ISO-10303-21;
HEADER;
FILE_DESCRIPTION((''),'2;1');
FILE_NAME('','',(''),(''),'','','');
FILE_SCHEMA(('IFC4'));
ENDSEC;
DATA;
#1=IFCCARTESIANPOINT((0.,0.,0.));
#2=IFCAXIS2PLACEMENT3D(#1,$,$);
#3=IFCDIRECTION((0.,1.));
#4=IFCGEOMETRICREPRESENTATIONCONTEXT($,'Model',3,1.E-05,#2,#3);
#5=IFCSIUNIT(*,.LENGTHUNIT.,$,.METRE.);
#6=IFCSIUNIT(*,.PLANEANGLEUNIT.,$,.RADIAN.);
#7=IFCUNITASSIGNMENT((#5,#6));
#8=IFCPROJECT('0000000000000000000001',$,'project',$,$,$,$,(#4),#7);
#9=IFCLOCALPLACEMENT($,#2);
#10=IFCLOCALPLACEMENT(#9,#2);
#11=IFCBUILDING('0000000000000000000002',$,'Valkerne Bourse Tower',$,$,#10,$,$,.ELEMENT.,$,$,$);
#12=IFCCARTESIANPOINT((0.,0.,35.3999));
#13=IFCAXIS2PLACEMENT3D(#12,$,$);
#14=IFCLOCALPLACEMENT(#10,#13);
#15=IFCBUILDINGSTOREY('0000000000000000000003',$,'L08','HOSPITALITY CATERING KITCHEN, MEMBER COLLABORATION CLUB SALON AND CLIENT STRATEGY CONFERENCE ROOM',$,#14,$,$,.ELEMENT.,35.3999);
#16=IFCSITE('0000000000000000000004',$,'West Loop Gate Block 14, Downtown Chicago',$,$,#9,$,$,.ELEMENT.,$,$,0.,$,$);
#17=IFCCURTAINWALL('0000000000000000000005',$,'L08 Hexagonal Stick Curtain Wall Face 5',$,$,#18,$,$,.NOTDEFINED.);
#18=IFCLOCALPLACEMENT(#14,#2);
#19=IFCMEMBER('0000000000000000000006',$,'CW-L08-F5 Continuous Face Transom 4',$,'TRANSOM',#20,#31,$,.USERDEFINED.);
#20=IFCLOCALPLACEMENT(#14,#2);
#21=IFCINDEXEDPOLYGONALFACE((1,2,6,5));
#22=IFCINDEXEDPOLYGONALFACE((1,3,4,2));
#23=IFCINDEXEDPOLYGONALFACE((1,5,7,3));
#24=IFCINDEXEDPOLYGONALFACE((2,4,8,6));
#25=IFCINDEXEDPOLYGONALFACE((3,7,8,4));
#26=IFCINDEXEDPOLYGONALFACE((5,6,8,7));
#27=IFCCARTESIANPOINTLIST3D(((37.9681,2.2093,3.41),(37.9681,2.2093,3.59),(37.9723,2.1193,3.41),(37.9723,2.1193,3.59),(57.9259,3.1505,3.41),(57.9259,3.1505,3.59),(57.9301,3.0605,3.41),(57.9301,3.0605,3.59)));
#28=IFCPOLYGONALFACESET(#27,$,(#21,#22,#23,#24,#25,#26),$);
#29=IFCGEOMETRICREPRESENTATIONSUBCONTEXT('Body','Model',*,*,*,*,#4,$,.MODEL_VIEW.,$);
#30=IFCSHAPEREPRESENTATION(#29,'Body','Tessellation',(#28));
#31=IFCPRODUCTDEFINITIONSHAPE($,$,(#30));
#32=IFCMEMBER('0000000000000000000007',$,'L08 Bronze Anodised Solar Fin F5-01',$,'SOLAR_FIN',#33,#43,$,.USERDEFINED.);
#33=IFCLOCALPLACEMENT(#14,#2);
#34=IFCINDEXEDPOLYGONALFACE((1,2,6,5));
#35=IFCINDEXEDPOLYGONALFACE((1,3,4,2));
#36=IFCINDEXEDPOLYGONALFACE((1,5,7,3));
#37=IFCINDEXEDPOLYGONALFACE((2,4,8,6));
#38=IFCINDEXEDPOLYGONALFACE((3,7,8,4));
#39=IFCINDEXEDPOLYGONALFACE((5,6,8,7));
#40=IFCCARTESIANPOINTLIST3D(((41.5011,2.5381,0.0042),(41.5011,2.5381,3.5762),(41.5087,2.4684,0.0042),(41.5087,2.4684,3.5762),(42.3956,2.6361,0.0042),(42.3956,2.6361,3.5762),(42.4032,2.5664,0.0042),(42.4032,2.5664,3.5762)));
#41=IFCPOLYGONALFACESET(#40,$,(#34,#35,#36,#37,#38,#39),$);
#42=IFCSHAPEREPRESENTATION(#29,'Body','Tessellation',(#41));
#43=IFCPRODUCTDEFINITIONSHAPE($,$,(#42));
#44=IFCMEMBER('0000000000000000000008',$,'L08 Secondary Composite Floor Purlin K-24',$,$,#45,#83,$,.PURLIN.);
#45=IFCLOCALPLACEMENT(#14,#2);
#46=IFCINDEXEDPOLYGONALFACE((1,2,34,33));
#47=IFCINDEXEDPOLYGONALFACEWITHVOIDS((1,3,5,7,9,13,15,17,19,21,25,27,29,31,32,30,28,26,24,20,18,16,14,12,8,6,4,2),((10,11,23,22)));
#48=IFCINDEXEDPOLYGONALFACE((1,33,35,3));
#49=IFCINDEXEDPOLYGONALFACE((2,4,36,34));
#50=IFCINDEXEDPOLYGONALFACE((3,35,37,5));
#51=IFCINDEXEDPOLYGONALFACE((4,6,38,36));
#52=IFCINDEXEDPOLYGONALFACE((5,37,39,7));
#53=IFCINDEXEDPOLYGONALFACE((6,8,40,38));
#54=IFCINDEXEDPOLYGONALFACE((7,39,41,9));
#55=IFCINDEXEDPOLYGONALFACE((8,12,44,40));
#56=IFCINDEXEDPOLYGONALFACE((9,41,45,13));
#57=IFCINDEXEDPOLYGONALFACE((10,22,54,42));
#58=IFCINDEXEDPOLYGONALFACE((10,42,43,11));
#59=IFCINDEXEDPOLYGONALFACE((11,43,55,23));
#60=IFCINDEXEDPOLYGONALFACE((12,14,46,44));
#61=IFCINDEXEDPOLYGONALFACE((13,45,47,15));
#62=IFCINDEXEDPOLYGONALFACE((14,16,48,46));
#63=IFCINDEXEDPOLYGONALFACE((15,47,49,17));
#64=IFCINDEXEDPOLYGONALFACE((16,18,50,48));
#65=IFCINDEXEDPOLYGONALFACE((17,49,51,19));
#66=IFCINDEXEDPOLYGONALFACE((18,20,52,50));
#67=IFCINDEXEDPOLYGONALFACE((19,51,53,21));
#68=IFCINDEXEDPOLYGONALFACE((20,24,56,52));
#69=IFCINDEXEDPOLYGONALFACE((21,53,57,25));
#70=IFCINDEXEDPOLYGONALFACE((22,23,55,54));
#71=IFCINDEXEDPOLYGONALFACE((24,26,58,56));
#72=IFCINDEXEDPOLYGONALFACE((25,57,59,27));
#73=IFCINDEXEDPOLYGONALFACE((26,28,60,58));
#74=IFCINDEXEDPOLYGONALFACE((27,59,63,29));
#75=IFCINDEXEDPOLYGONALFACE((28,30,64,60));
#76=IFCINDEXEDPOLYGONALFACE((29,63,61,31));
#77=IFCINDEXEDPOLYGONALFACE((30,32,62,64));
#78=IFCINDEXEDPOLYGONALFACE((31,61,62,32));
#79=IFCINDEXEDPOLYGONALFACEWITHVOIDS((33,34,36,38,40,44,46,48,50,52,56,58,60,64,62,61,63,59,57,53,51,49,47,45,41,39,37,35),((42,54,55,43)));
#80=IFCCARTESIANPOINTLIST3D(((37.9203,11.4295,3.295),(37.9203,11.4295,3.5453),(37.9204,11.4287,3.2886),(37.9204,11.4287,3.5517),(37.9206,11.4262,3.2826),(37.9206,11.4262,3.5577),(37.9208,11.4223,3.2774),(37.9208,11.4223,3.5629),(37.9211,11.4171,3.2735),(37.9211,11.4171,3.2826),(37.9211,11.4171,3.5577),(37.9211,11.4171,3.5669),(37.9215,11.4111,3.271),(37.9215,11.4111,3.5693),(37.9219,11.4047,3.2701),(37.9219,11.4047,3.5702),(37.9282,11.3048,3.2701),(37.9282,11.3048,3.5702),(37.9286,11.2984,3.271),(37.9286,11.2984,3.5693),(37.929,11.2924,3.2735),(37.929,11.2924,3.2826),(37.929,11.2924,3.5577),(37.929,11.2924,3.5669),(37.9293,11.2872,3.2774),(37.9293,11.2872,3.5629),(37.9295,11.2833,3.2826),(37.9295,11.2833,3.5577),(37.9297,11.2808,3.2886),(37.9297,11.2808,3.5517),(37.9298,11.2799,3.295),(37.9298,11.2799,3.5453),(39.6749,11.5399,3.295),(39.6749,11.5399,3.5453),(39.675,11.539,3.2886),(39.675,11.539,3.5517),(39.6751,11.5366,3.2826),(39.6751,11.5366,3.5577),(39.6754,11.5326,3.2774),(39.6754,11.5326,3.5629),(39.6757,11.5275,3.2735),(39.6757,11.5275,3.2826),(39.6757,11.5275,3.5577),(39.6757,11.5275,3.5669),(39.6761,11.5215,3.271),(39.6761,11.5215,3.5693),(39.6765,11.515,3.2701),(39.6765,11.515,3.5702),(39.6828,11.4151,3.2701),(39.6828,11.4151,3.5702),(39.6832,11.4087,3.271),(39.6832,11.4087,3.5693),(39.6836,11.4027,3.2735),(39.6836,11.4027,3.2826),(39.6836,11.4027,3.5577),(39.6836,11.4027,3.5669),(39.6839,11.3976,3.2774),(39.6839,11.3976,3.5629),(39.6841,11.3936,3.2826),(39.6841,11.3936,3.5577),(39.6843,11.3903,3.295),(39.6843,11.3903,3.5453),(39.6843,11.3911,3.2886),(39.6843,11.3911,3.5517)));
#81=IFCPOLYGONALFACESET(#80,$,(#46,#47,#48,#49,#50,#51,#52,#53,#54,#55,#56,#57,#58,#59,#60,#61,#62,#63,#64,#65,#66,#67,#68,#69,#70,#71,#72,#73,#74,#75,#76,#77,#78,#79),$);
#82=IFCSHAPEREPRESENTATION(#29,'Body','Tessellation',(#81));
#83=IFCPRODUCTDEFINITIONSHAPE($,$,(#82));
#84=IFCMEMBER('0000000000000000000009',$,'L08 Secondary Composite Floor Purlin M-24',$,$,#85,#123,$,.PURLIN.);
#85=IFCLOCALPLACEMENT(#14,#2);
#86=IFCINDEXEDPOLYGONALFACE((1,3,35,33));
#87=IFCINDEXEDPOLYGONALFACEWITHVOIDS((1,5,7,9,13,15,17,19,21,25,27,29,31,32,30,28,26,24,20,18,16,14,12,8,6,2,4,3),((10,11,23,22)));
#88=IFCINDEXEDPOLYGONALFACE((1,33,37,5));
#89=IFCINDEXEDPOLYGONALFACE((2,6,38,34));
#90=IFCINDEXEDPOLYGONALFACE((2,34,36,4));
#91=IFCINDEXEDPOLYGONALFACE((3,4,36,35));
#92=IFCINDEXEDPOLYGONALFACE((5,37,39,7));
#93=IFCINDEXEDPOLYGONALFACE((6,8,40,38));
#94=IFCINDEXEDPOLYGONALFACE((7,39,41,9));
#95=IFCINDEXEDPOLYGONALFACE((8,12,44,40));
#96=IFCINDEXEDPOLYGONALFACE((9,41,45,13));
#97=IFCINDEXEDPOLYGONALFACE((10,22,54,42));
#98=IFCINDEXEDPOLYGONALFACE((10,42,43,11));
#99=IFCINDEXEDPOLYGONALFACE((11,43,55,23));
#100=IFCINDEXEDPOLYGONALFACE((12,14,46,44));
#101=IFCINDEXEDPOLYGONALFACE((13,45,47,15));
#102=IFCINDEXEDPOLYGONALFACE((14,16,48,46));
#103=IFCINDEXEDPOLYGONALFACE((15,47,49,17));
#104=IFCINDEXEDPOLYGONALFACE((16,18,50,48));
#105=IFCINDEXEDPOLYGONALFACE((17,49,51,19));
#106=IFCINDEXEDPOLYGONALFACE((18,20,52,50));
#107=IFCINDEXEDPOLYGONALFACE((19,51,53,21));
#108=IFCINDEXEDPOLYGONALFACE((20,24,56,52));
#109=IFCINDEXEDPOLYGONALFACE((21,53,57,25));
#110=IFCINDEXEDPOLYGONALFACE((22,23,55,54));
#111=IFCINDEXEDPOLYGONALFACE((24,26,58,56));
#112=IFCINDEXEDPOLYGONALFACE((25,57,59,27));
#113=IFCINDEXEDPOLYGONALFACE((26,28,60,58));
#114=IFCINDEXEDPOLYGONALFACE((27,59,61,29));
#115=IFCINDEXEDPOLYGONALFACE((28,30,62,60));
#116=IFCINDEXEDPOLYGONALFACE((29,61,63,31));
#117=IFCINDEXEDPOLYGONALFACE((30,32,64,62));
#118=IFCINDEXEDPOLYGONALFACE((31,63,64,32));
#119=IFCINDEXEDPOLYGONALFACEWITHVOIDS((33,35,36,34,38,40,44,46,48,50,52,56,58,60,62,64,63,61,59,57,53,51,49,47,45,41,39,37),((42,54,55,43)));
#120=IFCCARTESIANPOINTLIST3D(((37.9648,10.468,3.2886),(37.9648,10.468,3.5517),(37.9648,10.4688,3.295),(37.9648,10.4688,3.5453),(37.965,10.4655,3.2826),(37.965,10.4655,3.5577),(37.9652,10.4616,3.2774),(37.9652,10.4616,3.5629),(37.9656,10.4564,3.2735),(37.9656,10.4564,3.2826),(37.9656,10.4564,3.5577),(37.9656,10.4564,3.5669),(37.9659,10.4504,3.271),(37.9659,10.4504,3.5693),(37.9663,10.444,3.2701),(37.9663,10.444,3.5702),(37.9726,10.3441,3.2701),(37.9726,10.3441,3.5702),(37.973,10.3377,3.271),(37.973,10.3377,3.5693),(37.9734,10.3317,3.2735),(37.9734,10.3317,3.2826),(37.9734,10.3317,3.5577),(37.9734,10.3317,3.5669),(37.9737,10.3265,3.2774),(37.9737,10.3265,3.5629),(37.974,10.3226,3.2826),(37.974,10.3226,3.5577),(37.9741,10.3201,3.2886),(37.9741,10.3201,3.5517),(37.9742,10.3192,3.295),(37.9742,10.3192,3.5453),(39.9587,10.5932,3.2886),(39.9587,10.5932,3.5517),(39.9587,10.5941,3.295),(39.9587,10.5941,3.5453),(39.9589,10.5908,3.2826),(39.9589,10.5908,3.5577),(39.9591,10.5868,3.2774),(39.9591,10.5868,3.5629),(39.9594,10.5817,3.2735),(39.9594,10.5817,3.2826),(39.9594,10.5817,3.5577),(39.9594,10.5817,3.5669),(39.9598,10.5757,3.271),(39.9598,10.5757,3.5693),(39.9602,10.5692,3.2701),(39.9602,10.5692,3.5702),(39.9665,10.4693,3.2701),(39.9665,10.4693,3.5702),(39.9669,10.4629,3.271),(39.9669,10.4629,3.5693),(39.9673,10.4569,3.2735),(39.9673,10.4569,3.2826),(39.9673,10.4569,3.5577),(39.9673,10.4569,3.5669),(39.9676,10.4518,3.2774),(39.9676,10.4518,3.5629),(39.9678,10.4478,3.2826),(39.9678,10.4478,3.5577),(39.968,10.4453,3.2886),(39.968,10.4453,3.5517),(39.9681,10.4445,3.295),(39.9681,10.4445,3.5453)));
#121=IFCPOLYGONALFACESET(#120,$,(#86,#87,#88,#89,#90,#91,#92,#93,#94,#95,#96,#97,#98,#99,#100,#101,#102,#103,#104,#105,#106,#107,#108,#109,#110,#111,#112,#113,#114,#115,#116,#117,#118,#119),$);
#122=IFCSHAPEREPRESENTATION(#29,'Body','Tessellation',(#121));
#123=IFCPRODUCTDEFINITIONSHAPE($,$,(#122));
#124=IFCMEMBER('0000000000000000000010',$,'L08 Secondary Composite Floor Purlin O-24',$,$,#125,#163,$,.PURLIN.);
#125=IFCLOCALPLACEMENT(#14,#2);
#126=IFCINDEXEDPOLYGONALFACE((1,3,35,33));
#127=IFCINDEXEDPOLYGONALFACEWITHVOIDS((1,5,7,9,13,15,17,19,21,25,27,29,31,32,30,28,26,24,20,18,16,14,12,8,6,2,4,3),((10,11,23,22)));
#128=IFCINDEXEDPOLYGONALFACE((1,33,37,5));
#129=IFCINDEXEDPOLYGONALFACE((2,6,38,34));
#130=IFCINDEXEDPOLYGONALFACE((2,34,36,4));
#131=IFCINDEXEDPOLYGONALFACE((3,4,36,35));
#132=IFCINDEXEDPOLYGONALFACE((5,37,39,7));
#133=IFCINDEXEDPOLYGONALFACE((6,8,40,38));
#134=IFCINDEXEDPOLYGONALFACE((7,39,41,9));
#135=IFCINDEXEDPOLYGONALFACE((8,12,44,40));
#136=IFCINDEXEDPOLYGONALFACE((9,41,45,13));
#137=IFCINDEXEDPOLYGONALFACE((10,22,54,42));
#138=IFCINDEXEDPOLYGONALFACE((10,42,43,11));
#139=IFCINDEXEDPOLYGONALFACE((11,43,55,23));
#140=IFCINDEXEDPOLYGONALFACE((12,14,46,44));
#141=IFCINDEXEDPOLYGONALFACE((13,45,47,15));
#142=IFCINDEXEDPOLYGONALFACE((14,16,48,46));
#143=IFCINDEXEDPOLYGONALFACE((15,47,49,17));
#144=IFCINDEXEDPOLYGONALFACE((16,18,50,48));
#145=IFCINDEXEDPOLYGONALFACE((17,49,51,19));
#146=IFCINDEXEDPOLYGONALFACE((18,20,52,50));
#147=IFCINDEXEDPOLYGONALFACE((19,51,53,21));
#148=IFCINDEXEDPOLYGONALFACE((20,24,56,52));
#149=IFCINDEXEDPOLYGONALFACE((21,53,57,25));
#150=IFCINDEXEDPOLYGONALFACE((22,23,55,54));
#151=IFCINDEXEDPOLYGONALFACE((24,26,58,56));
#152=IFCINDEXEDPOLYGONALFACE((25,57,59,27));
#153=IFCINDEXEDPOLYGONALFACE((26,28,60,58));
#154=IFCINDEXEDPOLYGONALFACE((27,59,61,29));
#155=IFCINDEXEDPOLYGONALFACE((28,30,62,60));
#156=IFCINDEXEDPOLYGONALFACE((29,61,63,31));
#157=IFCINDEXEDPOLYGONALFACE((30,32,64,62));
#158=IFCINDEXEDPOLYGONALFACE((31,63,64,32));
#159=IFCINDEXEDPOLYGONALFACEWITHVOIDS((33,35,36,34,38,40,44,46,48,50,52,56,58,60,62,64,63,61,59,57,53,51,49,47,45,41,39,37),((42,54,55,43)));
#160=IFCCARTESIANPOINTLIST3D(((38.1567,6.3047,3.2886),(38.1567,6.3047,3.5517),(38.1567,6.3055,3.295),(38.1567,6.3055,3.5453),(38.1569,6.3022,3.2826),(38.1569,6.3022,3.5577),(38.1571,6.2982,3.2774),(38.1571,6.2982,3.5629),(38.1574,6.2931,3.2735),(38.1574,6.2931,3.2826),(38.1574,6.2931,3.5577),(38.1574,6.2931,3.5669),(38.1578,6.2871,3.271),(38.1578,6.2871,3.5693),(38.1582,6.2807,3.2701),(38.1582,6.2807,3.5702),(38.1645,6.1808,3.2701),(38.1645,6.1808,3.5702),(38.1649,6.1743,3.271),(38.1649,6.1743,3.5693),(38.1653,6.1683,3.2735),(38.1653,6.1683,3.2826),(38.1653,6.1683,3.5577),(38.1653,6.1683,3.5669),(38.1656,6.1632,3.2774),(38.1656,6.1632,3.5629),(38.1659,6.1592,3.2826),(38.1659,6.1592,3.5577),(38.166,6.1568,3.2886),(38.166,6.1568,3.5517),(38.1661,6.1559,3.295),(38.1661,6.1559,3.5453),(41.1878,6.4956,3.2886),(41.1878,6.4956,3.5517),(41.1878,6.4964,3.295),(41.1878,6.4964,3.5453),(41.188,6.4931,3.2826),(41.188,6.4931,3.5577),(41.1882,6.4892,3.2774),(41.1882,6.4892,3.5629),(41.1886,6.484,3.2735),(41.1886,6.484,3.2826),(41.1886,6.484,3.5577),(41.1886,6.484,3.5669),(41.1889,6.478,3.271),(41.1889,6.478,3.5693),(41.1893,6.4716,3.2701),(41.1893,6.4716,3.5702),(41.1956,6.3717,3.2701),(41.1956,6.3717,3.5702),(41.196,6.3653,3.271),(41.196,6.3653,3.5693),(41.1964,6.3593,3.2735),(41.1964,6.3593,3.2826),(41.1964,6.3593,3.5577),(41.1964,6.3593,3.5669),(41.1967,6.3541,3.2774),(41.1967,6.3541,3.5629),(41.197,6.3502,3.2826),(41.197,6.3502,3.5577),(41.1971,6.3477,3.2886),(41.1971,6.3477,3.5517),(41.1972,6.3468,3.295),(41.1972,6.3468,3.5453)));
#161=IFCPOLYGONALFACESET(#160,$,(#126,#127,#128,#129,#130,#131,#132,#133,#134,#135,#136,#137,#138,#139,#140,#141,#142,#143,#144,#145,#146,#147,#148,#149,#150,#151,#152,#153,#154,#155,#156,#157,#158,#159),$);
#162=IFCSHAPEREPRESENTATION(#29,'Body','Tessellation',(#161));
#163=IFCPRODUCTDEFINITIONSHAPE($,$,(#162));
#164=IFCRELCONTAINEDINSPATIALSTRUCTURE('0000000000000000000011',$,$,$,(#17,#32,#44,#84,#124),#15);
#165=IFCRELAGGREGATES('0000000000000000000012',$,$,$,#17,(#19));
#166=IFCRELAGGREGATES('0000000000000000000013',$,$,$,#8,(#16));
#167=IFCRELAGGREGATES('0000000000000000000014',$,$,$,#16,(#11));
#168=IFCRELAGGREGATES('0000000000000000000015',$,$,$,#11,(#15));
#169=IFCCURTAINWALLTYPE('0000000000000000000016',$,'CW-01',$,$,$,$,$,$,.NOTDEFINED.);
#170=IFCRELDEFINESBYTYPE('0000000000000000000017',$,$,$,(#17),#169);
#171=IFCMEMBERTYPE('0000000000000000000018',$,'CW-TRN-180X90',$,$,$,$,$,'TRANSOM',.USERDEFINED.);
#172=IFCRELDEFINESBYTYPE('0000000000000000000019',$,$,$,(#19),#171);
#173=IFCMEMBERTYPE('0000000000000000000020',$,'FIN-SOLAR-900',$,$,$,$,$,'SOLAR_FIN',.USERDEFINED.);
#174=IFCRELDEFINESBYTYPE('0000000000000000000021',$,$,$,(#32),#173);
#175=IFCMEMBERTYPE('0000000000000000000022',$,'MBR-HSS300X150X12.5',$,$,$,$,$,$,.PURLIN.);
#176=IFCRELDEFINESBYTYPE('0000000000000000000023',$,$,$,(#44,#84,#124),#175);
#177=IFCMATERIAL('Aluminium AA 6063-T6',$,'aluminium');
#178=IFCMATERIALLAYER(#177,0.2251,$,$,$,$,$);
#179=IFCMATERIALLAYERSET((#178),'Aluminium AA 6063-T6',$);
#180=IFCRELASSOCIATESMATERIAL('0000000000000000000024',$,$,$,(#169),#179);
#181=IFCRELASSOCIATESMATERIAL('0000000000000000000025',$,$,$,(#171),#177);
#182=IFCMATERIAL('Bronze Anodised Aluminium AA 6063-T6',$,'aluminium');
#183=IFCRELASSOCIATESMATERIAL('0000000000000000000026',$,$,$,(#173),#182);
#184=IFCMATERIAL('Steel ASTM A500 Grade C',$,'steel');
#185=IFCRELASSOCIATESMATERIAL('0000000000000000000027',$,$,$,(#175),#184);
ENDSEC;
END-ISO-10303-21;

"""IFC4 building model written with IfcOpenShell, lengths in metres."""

from ifc_helpers import new_model, si_unit, direction, frame, origin, origin_2d, place, context, subcontext, project, spatial, rectangle, hollow_rectangle, extrude, material, layer, layer_set, material_profile, profile_set, type_object, element, aggregate, save


model = new_model("IFC4")

# Units and contexts
model_context = context("Model", 3, precision=1e-05, world=origin(), true_north=direction((0.0, 1.0)))
body_context = subcontext(model_context, "Body", "Model", "MODEL_VIEW")
ifc_project = project(units=[si_unit("LENGTHUNIT", "METRE"), si_unit("PLANEANGLEUNIT", "RADIAN")], contexts=[model_context])

# Site, building, storey
site_placement = place(None, origin())
site = spatial("IfcSite", under=ifc_project, at=site_placement, Name="West Loop Gate Block 14, Downtown Chicago", CompositionType="ELEMENT", RefElevation=0.0)
building_placement = place(site_placement, origin())
building = spatial("IfcBuilding", under=site, at=building_placement, Name="Valkerne Bourse Tower", CompositionType="ELEMENT")
storey_placement = place(building_placement, frame((0.0, 0.0, 35.3999)))
storey = spatial("IfcBuildingStorey", under=building, at=storey_placement, Name="L08", Description="HOSPITALITY CATERING KITCHEN, MEMBER COLLABORATION CLUB SALON AND CLIENT STRATEGY CONFERENCE ROOM", CompositionType="ELEMENT", Elevation=35.3999)

# Curtain wall, member
ifc_material_1 = material(Name="Aluminium AA 6063-T6", Category="aluminium")
ifc_layer_1 = layer(ifc_material_1, 0.2251)
ifc_layer_set_1 = layer_set([ifc_layer_1], Name="Aluminium AA 6063-T6")
curtain_wall_type = type_object("IfcCurtainWallType", Name="CW-01", PredefinedType="NOTDEFINED", material=ifc_layer_set_1)
curtain_wall_placement = place(storey_placement, origin())
curtain_wall = element("IfcCurtainWall", 1, at=curtain_wall_placement, inside=storey, type_object=curtain_wall_type, Name="L08 Hexagonal Stick Curtain Wall Face 5", PredefinedType="NOTDEFINED")
ifc_material_profile_1 = material_profile(ifc_material_1, rectangle(XDim=0.0901, YDim=0.1799, at=origin_2d()), Name="CWT-90X180")
ifc_profile_set_1 = profile_set([ifc_material_profile_1], Name="Aluminium AA 6063-T6")
member_type_1 = type_object("IfcMemberType", Name="CW-TRN-180X90", ElementType="TRANSOM", PredefinedType="USERDEFINED", material=ifc_profile_set_1)
member_1_placement = place(storey_placement, frame((37.9702, 2.1643, 3.5), z_axis=(0.99889, 0.047105, 0.0), x_axis=(-0.047105, 0.99889, 0.0)))
member_1 = element("IfcMember", 2, at=member_1_placement, type_object=member_type_1, Name="CW-L08-F5 Continuous Face Transom 4", ObjectType="TRANSOM", PredefinedType="USERDEFINED", context=body_context, shape_type="SweptSolid", body=[
    extrude(rectangle(XDim=0.0901, YDim=0.1799, at=origin_2d()), origin(), (0.0, 0.0, 1.0), 19.98),
])

# Members
ifc_material_2 = material(Name="Bronze Anodised Aluminium AA 6063-T6", Category="aluminium")
ifc_material_profile_2 = material_profile(ifc_material_2, rectangle(XDim=0.0701, YDim=0.8999, at=origin_2d()), Name="FIN-70X900")
ifc_profile_set_2 = profile_set([ifc_material_profile_2], Name="Bronze Anodised Aluminium AA 6063-T6")
member_type_2 = type_object("IfcMemberType", Name="FIN-SOLAR-900", ElementType="SOLAR_FIN", PredefinedType="USERDEFINED", material=ifc_profile_set_2)
member_2_placement = place(storey_placement, frame((41.9521, 2.5522, 0.0042), z_axis=(0.0, 0.0, 1.0), x_axis=(0.108931, -0.994049, 0.0)))
element("IfcMember", 3, at=member_2_placement, inside=storey, type_object=member_type_2, Name="L08 Bronze Anodised Solar Fin F5-01", ObjectType="SOLAR_FIN", PredefinedType="USERDEFINED", context=body_context, shape_type="SweptSolid", body=[
    extrude(rectangle(XDim=0.0701, YDim=0.8999, at=origin_2d()), origin(), (0.0, 0.0, 1.0), 3.572),
])
ifc_material_3 = material(Name="Steel ASTM A500 Grade C", Category="steel")
ifc_material_profile_3 = material_profile(ifc_material_3, hollow_rectangle(XDim=0.1499, YDim=0.3, WallThickness=0.0125, OuterFilletRadius=0.0249, at=origin_2d()), Name="HSS300X150X12.5")
ifc_profile_set_3 = profile_set([ifc_material_profile_3], Name="Steel ASTM A500 Grade C")
member_type_3 = type_object("IfcMemberType", Name="MBR-HSS300X150X12.5", PredefinedType="PURLIN", material=ifc_profile_set_3)
member_3_placement = place(storey_placement, frame((37.925, 11.3547, 3.4202), z_axis=(0.998028, 0.062767, 0.0), x_axis=(-0.062767, 0.998028, 0.0)))
element("IfcMember", 4, at=member_3_placement, inside=storey, type_object=member_type_3, Name="L08 Secondary Composite Floor Purlin K-24", PredefinedType="PURLIN", context=body_context, shape_type="SweptSolid", body=[
    extrude(hollow_rectangle(XDim=0.1499, YDim=0.3, WallThickness=0.0125, OuterFilletRadius=0.0249, at=origin_2d()), origin(), (0.0, 0.0, 1.0), 1.7581),
])
member_4_placement = place(storey_placement, frame((37.9695, 10.394, 3.4202), z_axis=(0.998033, 0.06269, 0.0), x_axis=(-0.06269, 0.998033, 0.0)))
element("IfcMember", 5, at=member_4_placement, inside=storey, type_object=member_type_3, Name="L08 Secondary Composite Floor Purlin M-24", PredefinedType="PURLIN", context=body_context, shape_type="SweptSolid", body=[
    extrude(hollow_rectangle(XDim=0.1499, YDim=0.3, WallThickness=0.0125, OuterFilletRadius=0.0249, at=origin_2d()), origin(), (0.0, 0.0, 1.0), 1.9978),
])
member_5_placement = place(storey_placement, frame((38.1614, 6.2307, 3.4202), z_axis=(0.998022, 0.062864, 0.0), x_axis=(-0.062864, 0.998022, 0.0)))
element("IfcMember", 6, at=member_5_placement, inside=storey, type_object=member_type_3, Name="L08 Secondary Composite Floor Purlin O-24", PredefinedType="PURLIN", context=body_context, shape_type="SweptSolid", body=[
    extrude(hollow_rectangle(XDim=0.1499, YDim=0.3, WallThickness=0.0125, OuterFilletRadius=0.0249, at=origin_2d()), origin(), (0.0, 0.0, 1.0), 3.0371),
])

aggregate(curtain_wall, [member_1])

save(model, "model.ifc")
